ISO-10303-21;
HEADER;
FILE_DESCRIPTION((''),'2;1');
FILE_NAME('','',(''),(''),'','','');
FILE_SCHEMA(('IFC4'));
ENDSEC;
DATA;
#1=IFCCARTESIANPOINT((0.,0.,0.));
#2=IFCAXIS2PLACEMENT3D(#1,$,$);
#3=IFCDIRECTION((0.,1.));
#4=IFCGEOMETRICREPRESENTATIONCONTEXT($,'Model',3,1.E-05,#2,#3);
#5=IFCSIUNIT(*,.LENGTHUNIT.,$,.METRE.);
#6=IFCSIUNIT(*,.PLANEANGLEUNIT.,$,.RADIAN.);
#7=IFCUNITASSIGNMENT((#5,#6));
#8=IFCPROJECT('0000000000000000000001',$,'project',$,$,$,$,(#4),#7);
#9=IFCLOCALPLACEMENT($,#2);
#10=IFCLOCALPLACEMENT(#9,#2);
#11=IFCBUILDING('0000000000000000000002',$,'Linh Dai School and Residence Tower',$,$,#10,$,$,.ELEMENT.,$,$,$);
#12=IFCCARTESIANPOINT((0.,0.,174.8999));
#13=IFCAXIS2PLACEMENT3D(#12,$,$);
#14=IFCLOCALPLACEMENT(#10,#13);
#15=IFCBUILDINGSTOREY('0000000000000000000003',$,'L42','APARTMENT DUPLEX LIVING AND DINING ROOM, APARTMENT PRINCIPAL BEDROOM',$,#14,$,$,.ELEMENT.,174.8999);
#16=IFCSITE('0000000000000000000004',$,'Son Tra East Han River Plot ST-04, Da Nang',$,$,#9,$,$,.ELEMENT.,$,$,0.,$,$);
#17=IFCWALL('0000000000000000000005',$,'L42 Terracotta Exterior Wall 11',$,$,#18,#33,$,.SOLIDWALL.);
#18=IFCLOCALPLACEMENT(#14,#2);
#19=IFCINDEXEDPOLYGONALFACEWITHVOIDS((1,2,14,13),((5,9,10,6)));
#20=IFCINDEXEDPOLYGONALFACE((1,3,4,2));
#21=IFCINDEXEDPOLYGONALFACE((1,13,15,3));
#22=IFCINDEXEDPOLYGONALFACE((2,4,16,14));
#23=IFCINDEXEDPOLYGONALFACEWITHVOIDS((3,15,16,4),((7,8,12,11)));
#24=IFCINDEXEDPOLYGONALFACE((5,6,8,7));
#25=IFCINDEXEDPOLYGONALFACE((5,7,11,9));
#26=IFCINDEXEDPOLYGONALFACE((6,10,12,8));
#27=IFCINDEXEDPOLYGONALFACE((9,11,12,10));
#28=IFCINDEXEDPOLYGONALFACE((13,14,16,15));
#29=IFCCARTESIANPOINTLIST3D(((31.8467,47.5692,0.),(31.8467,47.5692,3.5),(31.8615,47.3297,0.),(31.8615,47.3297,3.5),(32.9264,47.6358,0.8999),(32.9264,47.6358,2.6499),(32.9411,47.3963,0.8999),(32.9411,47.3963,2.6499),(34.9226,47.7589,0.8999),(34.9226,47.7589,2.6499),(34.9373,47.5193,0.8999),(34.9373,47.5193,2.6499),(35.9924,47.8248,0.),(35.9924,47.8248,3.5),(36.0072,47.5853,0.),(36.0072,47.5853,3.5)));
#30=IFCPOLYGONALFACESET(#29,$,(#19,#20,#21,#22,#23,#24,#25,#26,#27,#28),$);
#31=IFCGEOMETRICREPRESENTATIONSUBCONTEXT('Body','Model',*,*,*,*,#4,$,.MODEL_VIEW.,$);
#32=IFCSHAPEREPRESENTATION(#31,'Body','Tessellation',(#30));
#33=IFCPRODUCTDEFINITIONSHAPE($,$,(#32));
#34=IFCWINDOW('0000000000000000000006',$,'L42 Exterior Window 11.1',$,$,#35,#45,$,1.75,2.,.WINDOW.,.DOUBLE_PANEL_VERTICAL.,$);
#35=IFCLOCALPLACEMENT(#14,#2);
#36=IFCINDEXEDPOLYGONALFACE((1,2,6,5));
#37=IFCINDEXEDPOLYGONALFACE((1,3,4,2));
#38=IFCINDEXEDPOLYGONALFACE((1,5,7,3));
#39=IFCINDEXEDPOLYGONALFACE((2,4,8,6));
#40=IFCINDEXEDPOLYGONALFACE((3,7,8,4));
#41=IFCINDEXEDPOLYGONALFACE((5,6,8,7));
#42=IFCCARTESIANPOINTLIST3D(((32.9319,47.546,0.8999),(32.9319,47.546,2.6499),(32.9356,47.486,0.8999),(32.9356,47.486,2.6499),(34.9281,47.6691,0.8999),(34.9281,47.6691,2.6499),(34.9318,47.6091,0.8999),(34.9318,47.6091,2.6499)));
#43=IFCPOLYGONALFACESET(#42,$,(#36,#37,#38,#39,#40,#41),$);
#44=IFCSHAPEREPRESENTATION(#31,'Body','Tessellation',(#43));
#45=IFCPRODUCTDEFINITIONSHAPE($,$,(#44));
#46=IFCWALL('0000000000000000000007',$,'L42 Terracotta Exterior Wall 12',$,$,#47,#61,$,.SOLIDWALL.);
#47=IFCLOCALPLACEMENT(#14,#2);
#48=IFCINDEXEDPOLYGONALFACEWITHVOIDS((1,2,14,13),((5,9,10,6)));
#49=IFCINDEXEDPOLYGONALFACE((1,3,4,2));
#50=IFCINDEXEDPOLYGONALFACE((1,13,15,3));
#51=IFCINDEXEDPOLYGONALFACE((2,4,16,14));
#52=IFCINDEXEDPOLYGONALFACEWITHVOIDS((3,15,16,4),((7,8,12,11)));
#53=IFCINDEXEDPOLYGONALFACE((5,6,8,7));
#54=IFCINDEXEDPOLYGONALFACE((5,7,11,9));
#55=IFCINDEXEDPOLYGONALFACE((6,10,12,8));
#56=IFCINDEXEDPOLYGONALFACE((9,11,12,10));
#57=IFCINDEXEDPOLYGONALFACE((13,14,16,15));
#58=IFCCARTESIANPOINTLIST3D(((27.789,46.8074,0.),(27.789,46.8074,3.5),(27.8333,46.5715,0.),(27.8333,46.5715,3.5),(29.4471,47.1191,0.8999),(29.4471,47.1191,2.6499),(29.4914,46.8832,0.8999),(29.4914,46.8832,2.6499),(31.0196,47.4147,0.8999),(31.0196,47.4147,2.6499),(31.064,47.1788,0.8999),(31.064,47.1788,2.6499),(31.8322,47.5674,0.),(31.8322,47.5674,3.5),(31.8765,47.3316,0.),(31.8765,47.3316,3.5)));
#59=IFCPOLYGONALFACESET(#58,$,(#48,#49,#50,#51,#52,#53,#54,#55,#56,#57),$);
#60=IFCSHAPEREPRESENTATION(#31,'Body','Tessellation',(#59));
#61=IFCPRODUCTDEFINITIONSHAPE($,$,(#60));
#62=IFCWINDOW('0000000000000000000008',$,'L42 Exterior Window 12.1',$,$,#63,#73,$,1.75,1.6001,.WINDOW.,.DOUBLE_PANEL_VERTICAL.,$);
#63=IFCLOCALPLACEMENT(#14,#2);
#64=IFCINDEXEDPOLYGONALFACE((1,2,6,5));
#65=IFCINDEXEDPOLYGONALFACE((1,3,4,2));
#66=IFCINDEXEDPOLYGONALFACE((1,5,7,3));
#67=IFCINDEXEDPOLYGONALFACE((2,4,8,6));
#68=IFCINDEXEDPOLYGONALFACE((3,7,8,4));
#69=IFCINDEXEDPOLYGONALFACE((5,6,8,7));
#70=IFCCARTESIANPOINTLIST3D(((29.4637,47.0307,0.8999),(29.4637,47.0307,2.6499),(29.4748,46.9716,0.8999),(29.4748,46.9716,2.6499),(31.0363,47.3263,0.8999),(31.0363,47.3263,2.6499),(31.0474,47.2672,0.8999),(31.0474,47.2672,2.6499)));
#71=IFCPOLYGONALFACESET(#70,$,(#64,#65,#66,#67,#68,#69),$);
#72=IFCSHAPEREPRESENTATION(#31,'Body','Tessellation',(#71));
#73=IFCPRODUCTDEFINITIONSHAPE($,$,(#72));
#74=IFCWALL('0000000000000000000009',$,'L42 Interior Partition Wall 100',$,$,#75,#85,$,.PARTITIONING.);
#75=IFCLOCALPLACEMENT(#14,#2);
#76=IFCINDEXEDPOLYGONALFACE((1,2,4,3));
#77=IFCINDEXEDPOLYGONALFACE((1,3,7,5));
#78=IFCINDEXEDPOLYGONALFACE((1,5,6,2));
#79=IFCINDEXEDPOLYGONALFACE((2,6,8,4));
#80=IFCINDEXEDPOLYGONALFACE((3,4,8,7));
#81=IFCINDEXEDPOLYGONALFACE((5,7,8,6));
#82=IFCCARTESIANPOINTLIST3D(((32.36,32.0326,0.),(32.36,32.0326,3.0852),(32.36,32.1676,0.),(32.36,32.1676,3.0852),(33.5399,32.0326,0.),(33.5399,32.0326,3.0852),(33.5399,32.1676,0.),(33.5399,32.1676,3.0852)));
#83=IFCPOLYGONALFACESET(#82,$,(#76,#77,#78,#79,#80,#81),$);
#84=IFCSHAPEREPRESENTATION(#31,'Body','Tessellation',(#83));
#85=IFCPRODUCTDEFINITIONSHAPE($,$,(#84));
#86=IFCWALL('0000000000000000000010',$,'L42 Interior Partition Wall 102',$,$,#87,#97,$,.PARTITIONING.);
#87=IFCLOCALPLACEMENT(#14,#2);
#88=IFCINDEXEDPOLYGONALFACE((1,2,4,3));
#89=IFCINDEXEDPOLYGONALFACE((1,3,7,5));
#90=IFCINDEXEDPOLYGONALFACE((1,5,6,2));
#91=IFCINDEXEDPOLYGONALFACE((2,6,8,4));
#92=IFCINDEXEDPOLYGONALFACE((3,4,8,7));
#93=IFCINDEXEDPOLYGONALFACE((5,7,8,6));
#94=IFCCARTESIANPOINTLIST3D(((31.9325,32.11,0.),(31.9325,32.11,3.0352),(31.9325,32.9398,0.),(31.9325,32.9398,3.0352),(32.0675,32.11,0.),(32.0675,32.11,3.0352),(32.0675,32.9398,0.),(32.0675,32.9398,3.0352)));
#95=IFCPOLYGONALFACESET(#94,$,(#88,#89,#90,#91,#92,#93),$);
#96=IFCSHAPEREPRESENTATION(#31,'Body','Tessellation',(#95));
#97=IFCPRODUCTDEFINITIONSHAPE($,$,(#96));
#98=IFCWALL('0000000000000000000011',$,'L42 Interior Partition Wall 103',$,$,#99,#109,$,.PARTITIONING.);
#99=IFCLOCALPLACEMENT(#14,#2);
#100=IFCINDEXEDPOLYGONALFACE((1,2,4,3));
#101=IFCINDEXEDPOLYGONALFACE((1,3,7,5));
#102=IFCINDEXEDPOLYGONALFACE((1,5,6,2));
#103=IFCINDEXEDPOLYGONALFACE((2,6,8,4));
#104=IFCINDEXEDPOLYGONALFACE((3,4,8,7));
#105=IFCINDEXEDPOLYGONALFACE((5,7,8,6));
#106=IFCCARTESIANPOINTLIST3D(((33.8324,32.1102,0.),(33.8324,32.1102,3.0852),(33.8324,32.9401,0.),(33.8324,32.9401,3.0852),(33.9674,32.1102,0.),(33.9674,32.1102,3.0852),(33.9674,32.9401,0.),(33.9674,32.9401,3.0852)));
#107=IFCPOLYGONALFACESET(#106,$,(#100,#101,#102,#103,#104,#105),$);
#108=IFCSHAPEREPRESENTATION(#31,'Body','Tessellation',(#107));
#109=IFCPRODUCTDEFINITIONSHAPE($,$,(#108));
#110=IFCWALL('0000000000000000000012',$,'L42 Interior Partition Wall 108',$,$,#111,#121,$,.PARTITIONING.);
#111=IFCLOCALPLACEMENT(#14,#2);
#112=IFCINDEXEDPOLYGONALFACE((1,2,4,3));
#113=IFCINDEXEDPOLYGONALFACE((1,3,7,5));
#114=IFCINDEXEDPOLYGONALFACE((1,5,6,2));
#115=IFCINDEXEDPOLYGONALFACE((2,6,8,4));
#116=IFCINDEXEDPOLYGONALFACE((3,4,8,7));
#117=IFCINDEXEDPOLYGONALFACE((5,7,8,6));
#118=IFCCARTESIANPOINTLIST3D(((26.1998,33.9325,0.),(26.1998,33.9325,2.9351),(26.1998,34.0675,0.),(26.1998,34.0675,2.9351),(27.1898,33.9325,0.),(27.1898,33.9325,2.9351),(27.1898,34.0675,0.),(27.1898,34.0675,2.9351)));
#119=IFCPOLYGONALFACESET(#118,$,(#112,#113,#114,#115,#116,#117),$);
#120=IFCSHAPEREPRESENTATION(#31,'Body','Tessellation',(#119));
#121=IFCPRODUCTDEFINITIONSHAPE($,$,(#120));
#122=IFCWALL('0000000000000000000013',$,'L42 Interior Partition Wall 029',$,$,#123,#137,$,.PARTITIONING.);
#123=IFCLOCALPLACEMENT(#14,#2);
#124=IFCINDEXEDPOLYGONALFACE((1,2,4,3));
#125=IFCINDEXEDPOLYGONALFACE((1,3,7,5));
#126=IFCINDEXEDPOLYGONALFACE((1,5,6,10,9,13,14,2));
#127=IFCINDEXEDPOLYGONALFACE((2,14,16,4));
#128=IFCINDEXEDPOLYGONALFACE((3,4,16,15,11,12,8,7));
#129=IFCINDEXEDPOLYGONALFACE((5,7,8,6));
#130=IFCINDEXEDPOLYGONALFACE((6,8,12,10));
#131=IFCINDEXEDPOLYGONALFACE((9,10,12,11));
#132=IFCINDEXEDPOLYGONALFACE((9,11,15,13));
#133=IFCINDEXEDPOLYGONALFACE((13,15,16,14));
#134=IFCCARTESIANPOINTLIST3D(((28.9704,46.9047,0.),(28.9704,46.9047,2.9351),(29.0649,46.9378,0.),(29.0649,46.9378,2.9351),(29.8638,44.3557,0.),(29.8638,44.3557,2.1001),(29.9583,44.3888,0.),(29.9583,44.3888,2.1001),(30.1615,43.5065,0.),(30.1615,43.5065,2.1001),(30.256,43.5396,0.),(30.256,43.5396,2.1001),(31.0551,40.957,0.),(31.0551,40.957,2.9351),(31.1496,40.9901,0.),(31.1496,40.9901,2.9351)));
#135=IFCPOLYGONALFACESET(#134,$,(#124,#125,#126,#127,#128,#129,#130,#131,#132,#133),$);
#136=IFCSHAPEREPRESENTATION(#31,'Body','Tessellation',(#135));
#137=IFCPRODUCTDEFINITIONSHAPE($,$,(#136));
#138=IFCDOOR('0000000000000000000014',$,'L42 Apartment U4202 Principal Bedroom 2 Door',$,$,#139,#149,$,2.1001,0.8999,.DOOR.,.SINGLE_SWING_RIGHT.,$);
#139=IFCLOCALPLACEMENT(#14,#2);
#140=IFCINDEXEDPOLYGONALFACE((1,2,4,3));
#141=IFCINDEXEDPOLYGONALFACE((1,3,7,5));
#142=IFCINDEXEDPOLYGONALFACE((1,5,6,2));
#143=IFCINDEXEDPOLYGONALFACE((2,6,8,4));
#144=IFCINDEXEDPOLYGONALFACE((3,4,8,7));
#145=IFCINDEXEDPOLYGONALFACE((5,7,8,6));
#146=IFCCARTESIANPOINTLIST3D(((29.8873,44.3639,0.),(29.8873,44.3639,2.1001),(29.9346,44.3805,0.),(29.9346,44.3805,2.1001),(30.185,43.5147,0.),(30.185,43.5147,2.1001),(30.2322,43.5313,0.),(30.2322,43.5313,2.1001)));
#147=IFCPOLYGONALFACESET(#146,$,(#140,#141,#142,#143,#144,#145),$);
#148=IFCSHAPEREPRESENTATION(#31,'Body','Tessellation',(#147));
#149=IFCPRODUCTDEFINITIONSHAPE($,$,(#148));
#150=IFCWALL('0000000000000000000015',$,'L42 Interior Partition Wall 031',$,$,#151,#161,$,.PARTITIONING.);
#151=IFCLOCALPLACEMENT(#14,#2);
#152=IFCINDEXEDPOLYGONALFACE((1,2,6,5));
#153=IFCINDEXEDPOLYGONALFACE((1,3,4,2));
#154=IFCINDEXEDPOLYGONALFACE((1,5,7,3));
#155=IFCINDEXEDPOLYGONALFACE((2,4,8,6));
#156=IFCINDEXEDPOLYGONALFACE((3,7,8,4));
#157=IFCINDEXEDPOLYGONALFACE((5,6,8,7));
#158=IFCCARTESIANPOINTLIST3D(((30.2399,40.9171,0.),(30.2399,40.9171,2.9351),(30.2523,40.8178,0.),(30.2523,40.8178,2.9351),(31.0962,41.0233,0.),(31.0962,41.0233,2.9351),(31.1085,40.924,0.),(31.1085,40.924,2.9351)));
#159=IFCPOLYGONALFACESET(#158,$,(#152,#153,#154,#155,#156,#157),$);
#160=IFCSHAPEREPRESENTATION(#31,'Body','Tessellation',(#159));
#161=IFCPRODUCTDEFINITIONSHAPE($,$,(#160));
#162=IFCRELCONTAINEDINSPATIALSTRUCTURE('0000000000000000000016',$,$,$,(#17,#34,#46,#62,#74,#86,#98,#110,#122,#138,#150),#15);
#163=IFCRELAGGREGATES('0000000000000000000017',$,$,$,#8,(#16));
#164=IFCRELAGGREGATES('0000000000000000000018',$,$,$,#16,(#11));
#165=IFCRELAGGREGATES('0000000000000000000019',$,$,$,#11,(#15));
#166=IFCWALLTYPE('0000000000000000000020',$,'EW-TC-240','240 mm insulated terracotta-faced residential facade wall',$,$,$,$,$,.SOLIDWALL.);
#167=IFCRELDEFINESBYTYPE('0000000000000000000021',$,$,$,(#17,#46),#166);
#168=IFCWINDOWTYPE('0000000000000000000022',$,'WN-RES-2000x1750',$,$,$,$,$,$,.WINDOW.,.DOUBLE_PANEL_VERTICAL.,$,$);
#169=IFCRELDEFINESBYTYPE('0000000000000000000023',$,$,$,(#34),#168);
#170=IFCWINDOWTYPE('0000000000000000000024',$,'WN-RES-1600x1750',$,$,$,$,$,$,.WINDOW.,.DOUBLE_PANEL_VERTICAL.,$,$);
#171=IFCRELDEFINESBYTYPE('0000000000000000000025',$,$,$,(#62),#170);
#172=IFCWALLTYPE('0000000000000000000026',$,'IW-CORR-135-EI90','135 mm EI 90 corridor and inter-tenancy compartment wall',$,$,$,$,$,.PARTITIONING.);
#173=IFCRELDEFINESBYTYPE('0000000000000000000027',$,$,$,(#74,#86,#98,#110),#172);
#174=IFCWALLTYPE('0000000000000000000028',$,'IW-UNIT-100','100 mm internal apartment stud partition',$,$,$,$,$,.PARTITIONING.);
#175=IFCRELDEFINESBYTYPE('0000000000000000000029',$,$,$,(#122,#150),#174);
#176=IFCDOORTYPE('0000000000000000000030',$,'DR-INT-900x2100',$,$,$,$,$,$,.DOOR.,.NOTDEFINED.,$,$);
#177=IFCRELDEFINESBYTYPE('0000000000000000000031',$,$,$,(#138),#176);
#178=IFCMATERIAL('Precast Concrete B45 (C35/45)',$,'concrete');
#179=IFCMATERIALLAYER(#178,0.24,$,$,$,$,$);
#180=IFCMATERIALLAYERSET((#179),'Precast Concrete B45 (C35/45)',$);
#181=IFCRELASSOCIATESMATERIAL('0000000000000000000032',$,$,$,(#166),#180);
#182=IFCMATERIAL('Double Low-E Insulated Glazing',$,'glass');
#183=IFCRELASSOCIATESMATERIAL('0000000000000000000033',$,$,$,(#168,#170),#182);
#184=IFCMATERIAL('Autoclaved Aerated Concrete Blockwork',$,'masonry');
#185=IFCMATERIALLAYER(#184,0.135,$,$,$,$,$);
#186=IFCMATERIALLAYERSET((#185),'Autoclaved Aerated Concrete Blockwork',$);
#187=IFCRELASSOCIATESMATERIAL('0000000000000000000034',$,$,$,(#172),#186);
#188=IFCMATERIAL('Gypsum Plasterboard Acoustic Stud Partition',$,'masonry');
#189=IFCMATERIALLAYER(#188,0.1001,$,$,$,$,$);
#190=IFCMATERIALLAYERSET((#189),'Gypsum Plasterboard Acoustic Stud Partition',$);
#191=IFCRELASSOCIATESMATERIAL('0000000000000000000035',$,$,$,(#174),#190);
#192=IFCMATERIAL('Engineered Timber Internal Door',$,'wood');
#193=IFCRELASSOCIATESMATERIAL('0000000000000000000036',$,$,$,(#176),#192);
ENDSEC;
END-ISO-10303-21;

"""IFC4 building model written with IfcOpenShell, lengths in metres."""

from ifc_helpers import new_model, si_unit, direction, frame, frame_2d, origin, origin_2d, place, context, subcontext, project, spatial, rectangle, extrude, source, transform, mapped, material, layer, layer_set, type_object, element, fill, save


model = new_model("IFC4")

# Units and contexts
model_context = context("Model", 3, precision=1e-05, world=origin(), true_north=direction((0.0, 1.0)))
body_context = subcontext(model_context, "Body", "Model", "MODEL_VIEW")
ifc_project = project(units=[si_unit("LENGTHUNIT", "METRE"), si_unit("PLANEANGLEUNIT", "RADIAN")], contexts=[model_context])

# Site, building, storey
site_placement = place(None, origin())
site = spatial("IfcSite", under=ifc_project, at=site_placement, Name="Son Tra East Han River Plot ST-04, Da Nang", CompositionType="ELEMENT", RefElevation=0.0)
building_placement = place(site_placement, origin())
building = spatial("IfcBuilding", under=site, at=building_placement, Name="Linh Dai School and Residence Tower", CompositionType="ELEMENT")
storey_placement = place(building_placement, frame((0.0, 0.0, 174.8999)))
storey = spatial("IfcBuildingStorey", under=building, at=storey_placement, Name="L42", Description="APARTMENT DUPLEX LIVING AND DINING ROOM, APARTMENT PRINCIPAL BEDROOM", CompositionType="ELEMENT", Elevation=174.8999)

# Walls, openings, windows
ifc_material_1 = material(Name="Precast Concrete B45 (C35/45)", Category="concrete")
ifc_layer_1 = layer(ifc_material_1, 0.24)
ifc_layer_set_1 = layer_set([ifc_layer_1], Name="Precast Concrete B45 (C35/45)")
wall_type_1 = type_object("IfcWallType", Name="EW-TC-240", Description="240 mm insulated terracotta-faced residential facade wall", PredefinedType="SOLIDWALL", material=ifc_layer_set_1)
wall_1_placement = place(storey_placement, frame((31.8542, 47.4495, 0.0), z_axis=(0.0, 0.0, 1.0), x_axis=(0.998105, 0.06154, 0.0)))
wall_1 = element("IfcWall", 1, at=wall_1_placement, inside=storey, type_object=wall_type_1, Name="L42 Terracotta Exterior Wall 11", PredefinedType="SOLIDWALL", context=body_context, shape_type="SweptSolid", body=[
    extrude(rectangle(XDim=4.1536, YDim=0.24, at=frame_2d((2.0767, 0.0))), origin(), (0.0, 0.0, 1.0), 3.5),
])
opening_1_placement = place(wall_1_placement, frame((1.0815, 0.0, 0.8999)))
opening_1 = element("IfcOpeningElement", 2, at=opening_1_placement, cuts=wall_1, PredefinedType="OPENING", context=body_context, shape_type="SweptSolid", body=[
    extrude(rectangle(XDim=2.0, YDim=1.75, at=origin_2d()), frame((1.0, 0.1299, 0.875), z_axis=(0.0, -1.0, 0.0), x_axis=(1.0, 0.0, 0.0)), (0.0, 0.0, 1.0), 0.26),
])
ifc_material_2 = material(Name="Double Low-E Insulated Glazing", Category="glass")
window_type_1 = type_object("IfcWindowType", Name="WN-RES-2000x1750", PartitioningType="DOUBLE_PANEL_VERTICAL", PredefinedType="WINDOW", material=ifc_material_2)
shared_shape_1 = source(origin(), body_context, "Body", "SweptSolid", [
    extrude(rectangle(XDim=2.0, YDim=1.75, at=origin_2d()), frame((1.0, 0.03, 0.875), z_axis=(0.0, -1.0, 0.0), x_axis=(1.0, 0.0, 0.0)), (0.0, 0.0, 1.0), 0.0601),
])
window_1_placement = place(opening_1_placement, origin())
window_1 = element("IfcWindow", 3, at=window_1_placement, inside=storey, type_object=window_type_1, Name="L42 Exterior Window 11.1", OverallHeight=1.75, OverallWidth=2.0, PartitioningType="DOUBLE_PANEL_VERTICAL", PredefinedType="WINDOW", context=body_context, shape_type="MappedRepresentation", body=[
    mapped(shared_shape_1, transform((0.0, 0.0, 0.0), x_axis=(1.0, 0.0, 0.0), y_axis=(0.0, 1.0, 0.0), z_axis=(0.0, 0.0, 1.0), scale=1.0)),
])
fill(opening_1, window_1)
wall_2_placement = place(storey_placement, frame((27.811, 46.6895, 0.0), z_axis=(0.0, 0.0, 1.0), x_axis=(0.982788, 0.184736, 0.0)))
wall_2 = element("IfcWall", 4, at=wall_2_placement, inside=storey, type_object=wall_type_1, Name="L42 Terracotta Exterior Wall 12", PredefinedType="SOLIDWALL", context=body_context, shape_type="SweptSolid", body=[
    extrude(rectangle(XDim=4.114, YDim=0.24, at=frame_2d((2.0571, 0.0))), origin(), (0.0, 0.0, 1.0), 3.5),
])
opening_2_placement = place(wall_2_placement, frame((1.6873, 0.0, 0.8999)))
opening_2 = element("IfcOpeningElement", 5, at=opening_2_placement, cuts=wall_2, PredefinedType="OPENING", context=body_context, shape_type="SweptSolid", body=[
    extrude(rectangle(XDim=1.6001, YDim=1.75, at=origin_2d()), frame((0.8, 0.1299, 0.875), z_axis=(0.0, -1.0, 0.0), x_axis=(1.0, 0.0, 0.0)), (0.0, 0.0, 1.0), 0.26),
])
window_type_2 = type_object("IfcWindowType", Name="WN-RES-1600x1750", PartitioningType="DOUBLE_PANEL_VERTICAL", PredefinedType="WINDOW", material=ifc_material_2)
shared_shape_2 = source(origin(), body_context, "Body", "SweptSolid", [
    extrude(rectangle(XDim=1.6001, YDim=1.75, at=origin_2d()), frame((0.8, 0.03, 0.875), z_axis=(0.0, -1.0, 0.0), x_axis=(1.0, 0.0, 0.0)), (0.0, 0.0, 1.0), 0.0601),
])
window_2_placement = place(opening_2_placement, origin())
window_2 = element("IfcWindow", 6, at=window_2_placement, inside=storey, type_object=window_type_2, Name="L42 Exterior Window 12.1", OverallHeight=1.75, OverallWidth=1.6001, PartitioningType="DOUBLE_PANEL_VERTICAL", PredefinedType="WINDOW", context=body_context, shape_type="MappedRepresentation", body=[
    mapped(shared_shape_2, transform((0.0, 0.0, 0.0), x_axis=(1.0, 0.0, 0.0), y_axis=(0.0, 1.0, 0.0), z_axis=(0.0, 0.0, 1.0), scale=1.0)),
])
fill(opening_2, window_2)

# Walls
ifc_material_3 = material(Name="Autoclaved Aerated Concrete Blockwork", Category="masonry")
ifc_layer_2 = layer(ifc_material_3, 0.135)
ifc_layer_set_2 = layer_set([ifc_layer_2], Name="Autoclaved Aerated Concrete Blockwork")
wall_type_2 = type_object("IfcWallType", Name="IW-CORR-135-EI90", Description="135 mm EI 90 corridor and inter-tenancy compartment wall", PredefinedType="PARTITIONING", material=ifc_layer_set_2)
wall_3_placement = place(storey_placement, frame((32.3601, 32.1001, 0.0), z_axis=(0.0, 0.0, 1.0), x_axis=(1.0, 0.0, 0.0)))
element("IfcWall", 7, at=wall_3_placement, inside=storey, type_object=wall_type_2, Name="L42 Interior Partition Wall 100", PredefinedType="PARTITIONING", context=body_context, shape_type="SweptSolid", body=[
    extrude(rectangle(XDim=1.1799, YDim=0.135, at=frame_2d((0.5898, 0.0))), origin(), (0.0, 0.0, 1.0), 3.0852),
])
wall_4_placement = place(storey_placement, frame((32.0, 32.9399, 0.0), z_axis=(0.0, 0.0, 1.0), x_axis=(0.0, -1.0, 0.0)))
element("IfcWall", 8, at=wall_4_placement, inside=storey, type_object=wall_type_2, Name="L42 Interior Partition Wall 102", PredefinedType="PARTITIONING", context=body_context, shape_type="SweptSolid", body=[
    extrude(rectangle(XDim=0.8298, YDim=0.135, at=frame_2d((0.415, 0.0))), origin(), (0.0, 0.0, 1.0), 3.0352),
])
wall_5_placement = place(storey_placement, frame((33.8999, 32.1101, 0.0), z_axis=(0.0, 0.0, 1.0), x_axis=(0.0, 1.0, 0.0)))
element("IfcWall", 9, at=wall_5_placement, inside=storey, type_object=wall_type_2, Name="L42 Interior Partition Wall 103", PredefinedType="PARTITIONING", context=body_context, shape_type="SweptSolid", body=[
    extrude(rectangle(XDim=0.8298, YDim=0.135, at=frame_2d((0.415, 0.0))), origin(), (0.0, 0.0, 1.0), 3.0852),
])
wall_6_placement = place(storey_placement, frame((27.1899, 34.0, 0.0), z_axis=(0.0, 0.0, 1.0), x_axis=(-1.0, 0.0, 0.0)))
element("IfcWall", 10, at=wall_6_placement, inside=storey, type_object=wall_type_2, Name="L42 Interior Partition Wall 108", PredefinedType="PARTITIONING", context=body_context, shape_type="SweptSolid", body=[
    extrude(rectangle(XDim=0.99, YDim=0.135, at=frame_2d((0.4951, 0.0))), origin(), (0.0, 0.0, 1.0), 2.9351),
])

# Wall, opening, door
ifc_material_4 = material(Name="Gypsum Plasterboard Acoustic Stud Partition", Category="masonry")
ifc_layer_3 = layer(ifc_material_4, 0.1001)
ifc_layer_set_3 = layer_set([ifc_layer_3], Name="Gypsum Plasterboard Acoustic Stud Partition")
wall_type_3 = type_object("IfcWallType", Name="IW-UNIT-100", Description="100 mm internal apartment stud partition", PredefinedType="PARTITIONING", material=ifc_layer_set_3)
wall_7_placement = place(storey_placement, frame((29.0176, 46.9214, 0.0), z_axis=(0.0, 0.0, 1.0), x_axis=(0.330775, -0.94371, 0.0)))
wall_7 = element("IfcWall", 11, at=wall_7_placement, inside=storey, type_object=wall_type_3, Name="L42 Interior Partition Wall 029", PredefinedType="PARTITIONING", context=body_context, shape_type="SweptSolid", body=[
    extrude(rectangle(XDim=6.3025, YDim=0.1001, at=frame_2d((3.1514, 0.0))), origin(), (0.0, 0.0, 1.0), 2.9351),
])
opening_3_placement = place(wall_7_placement, frame((2.7012, 0.0, 0.0)))
opening_3 = element("IfcOpeningElement", 12, at=opening_3_placement, cuts=wall_7, PredefinedType="OPENING", context=body_context, shape_type="SweptSolid", body=[
    extrude(rectangle(XDim=0.8999, YDim=2.1001, at=origin_2d()), frame((0.45, 0.0601, 1.05), z_axis=(0.0, -1.0, 0.0), x_axis=(1.0, 0.0, 0.0)), (0.0, 0.0, 1.0), 0.1201),
])
ifc_material_5 = material(Name="Engineered Timber Internal Door", Category="wood")
door_type_1 = type_object("IfcDoorType", Name="DR-INT-900x2100", OperationType="NOTDEFINED", PredefinedType="DOOR", material=ifc_material_5)
shared_shape_3 = source(origin(), body_context, "Body", "SweptSolid", [
    extrude(rectangle(XDim=0.8999, YDim=2.1001, at=origin_2d()), frame((0.45, 0.0249, 1.05), z_axis=(0.0, -1.0, 0.0), x_axis=(1.0, 0.0, 0.0)), (0.0, 0.0, 1.0), 0.05),
])
door_1_placement = place(opening_3_placement, origin())
door_1 = element("IfcDoor", 13, at=door_1_placement, inside=storey, type_object=door_type_1, Name="L42 Apartment U4202 Principal Bedroom 2 Door", OperationType="SINGLE_SWING_RIGHT", OverallHeight=2.1001, OverallWidth=0.8999, PredefinedType="DOOR", context=body_context, shape_type="MappedRepresentation", body=[
    mapped(shared_shape_3, transform((0.0, 0.0, 0.0), x_axis=(1.0, 0.0, 0.0), y_axis=(0.0, 1.0, 0.0), z_axis=(0.0, 0.0, 1.0), scale=1.0)),
])
fill(opening_3, door_1)

# Wall
wall_8_placement = place(storey_placement, frame((30.2461, 40.8674, 0.0), z_axis=(0.0, 0.0, 1.0), x_axis=(0.992395, 0.123094, 0.0)))
element("IfcWall", 14, at=wall_8_placement, inside=storey, type_object=wall_type_3, Name="L42 Interior Partition Wall 031", PredefinedType="PARTITIONING", context=body_context, shape_type="SweptSolid", body=[
    extrude(rectangle(XDim=0.8628, YDim=0.1001, at=frame_2d((0.4314, 0.0))), origin(), (0.0, 0.0, 1.0), 2.9351),
])

save(model, "model.ifc")
